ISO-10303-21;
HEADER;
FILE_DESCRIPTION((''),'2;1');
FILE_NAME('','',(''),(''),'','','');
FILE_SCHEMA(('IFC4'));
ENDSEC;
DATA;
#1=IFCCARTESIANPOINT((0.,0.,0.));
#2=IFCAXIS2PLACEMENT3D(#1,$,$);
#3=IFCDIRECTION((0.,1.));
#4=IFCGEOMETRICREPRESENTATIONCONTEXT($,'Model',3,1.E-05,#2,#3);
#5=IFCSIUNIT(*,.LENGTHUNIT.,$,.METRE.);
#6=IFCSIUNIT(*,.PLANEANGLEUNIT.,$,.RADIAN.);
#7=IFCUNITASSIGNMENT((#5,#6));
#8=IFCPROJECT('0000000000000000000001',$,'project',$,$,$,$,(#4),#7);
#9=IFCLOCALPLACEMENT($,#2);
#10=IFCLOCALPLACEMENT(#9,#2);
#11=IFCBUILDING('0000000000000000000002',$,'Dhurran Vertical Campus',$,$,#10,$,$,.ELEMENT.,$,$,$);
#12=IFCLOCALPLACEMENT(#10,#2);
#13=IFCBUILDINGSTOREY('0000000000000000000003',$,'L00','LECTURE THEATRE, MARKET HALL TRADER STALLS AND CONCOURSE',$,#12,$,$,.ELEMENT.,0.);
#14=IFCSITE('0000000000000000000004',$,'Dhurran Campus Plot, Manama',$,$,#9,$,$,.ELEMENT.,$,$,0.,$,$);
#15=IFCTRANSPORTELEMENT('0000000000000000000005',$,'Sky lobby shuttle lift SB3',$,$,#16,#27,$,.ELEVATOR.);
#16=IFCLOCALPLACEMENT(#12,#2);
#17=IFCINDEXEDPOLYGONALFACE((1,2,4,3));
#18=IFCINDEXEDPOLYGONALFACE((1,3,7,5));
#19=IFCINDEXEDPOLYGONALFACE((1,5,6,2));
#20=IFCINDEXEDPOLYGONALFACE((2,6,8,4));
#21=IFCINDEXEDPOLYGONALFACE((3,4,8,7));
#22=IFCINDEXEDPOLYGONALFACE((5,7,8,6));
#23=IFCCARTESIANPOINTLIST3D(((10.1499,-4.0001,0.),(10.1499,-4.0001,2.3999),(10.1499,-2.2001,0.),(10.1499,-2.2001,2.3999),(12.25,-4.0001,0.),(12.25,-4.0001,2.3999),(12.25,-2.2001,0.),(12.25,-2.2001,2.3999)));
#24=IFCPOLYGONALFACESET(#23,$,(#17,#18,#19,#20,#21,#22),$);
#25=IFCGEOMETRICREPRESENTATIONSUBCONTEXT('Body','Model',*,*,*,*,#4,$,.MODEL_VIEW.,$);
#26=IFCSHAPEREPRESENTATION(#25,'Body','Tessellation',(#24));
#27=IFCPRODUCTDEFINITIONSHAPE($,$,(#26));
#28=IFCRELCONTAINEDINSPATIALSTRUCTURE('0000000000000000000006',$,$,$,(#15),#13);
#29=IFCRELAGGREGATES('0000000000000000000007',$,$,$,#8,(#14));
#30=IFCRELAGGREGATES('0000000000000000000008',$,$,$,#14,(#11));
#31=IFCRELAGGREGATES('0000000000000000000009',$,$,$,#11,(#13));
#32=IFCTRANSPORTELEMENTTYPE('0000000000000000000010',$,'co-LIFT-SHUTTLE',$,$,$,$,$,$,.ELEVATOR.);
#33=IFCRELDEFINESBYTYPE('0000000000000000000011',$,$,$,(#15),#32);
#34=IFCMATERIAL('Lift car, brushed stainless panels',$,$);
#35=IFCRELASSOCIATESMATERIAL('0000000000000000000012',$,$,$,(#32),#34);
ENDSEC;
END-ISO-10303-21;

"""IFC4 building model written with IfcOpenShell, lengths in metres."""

from ifc_helpers import new_model, si_unit, direction, frame, origin, origin_2d, place, context, subcontext, project, spatial, rectangle, extrude, material, type_object, element, save


model = new_model("IFC4")

# Units and contexts
model_context = context("Model", 3, precision=1e-05, world=origin(), true_north=direction((0.0, 1.0)))
body_context = subcontext(model_context, "Body", "Model", "MODEL_VIEW")
ifc_project = project(units=[si_unit("LENGTHUNIT", "METRE"), si_unit("PLANEANGLEUNIT", "RADIAN")], contexts=[model_context])

# Site, building, storey
site_placement = place(None, origin())
site = spatial("IfcSite", under=ifc_project, at=site_placement, Name="Dhurran Campus Plot, Manama", CompositionType="ELEMENT", RefElevation=0.0)
building_placement = place(site_placement, origin())
building = spatial("IfcBuilding", under=site, at=building_placement, Name="Dhurran Vertical Campus", CompositionType="ELEMENT")
storey_placement = place(building_placement, origin())
storey = spatial("IfcBuildingStorey", under=building, at=storey_placement, Name="L00", Description="LECTURE THEATRE, MARKET HALL TRADER STALLS AND CONCOURSE", CompositionType="ELEMENT", Elevation=0.0)

# Transport element
ifc_material_1 = material(Name="Lift car, brushed stainless panels")
transport_element_type = type_object("IfcTransportElementType", Name="co-LIFT-SHUTTLE", PredefinedType="ELEVATOR", material=ifc_material_1)
for number, where, z_axis, x_axis, name in (
    (1, (11.2, -3.1001, 0.0), (0.0, 0.0, 1.0), (1.0, 0.0, 0.0), "Sky lobby shuttle lift SB3"),
):
    element("IfcTransportElement", number, at=place(storey_placement, frame(where, z_axis=z_axis, x_axis=x_axis)), inside=storey, type_object=transport_element_type, Name=name, PredefinedType="ELEVATOR", context=body_context, shape_type="SweptSolid", body=[
        extrude(rectangle(XDim=2.1001, YDim=1.8, at=origin_2d()), origin(), (0.0, 0.0, 1.0), 2.3999),
    ])

save(model, "model.ifc")
